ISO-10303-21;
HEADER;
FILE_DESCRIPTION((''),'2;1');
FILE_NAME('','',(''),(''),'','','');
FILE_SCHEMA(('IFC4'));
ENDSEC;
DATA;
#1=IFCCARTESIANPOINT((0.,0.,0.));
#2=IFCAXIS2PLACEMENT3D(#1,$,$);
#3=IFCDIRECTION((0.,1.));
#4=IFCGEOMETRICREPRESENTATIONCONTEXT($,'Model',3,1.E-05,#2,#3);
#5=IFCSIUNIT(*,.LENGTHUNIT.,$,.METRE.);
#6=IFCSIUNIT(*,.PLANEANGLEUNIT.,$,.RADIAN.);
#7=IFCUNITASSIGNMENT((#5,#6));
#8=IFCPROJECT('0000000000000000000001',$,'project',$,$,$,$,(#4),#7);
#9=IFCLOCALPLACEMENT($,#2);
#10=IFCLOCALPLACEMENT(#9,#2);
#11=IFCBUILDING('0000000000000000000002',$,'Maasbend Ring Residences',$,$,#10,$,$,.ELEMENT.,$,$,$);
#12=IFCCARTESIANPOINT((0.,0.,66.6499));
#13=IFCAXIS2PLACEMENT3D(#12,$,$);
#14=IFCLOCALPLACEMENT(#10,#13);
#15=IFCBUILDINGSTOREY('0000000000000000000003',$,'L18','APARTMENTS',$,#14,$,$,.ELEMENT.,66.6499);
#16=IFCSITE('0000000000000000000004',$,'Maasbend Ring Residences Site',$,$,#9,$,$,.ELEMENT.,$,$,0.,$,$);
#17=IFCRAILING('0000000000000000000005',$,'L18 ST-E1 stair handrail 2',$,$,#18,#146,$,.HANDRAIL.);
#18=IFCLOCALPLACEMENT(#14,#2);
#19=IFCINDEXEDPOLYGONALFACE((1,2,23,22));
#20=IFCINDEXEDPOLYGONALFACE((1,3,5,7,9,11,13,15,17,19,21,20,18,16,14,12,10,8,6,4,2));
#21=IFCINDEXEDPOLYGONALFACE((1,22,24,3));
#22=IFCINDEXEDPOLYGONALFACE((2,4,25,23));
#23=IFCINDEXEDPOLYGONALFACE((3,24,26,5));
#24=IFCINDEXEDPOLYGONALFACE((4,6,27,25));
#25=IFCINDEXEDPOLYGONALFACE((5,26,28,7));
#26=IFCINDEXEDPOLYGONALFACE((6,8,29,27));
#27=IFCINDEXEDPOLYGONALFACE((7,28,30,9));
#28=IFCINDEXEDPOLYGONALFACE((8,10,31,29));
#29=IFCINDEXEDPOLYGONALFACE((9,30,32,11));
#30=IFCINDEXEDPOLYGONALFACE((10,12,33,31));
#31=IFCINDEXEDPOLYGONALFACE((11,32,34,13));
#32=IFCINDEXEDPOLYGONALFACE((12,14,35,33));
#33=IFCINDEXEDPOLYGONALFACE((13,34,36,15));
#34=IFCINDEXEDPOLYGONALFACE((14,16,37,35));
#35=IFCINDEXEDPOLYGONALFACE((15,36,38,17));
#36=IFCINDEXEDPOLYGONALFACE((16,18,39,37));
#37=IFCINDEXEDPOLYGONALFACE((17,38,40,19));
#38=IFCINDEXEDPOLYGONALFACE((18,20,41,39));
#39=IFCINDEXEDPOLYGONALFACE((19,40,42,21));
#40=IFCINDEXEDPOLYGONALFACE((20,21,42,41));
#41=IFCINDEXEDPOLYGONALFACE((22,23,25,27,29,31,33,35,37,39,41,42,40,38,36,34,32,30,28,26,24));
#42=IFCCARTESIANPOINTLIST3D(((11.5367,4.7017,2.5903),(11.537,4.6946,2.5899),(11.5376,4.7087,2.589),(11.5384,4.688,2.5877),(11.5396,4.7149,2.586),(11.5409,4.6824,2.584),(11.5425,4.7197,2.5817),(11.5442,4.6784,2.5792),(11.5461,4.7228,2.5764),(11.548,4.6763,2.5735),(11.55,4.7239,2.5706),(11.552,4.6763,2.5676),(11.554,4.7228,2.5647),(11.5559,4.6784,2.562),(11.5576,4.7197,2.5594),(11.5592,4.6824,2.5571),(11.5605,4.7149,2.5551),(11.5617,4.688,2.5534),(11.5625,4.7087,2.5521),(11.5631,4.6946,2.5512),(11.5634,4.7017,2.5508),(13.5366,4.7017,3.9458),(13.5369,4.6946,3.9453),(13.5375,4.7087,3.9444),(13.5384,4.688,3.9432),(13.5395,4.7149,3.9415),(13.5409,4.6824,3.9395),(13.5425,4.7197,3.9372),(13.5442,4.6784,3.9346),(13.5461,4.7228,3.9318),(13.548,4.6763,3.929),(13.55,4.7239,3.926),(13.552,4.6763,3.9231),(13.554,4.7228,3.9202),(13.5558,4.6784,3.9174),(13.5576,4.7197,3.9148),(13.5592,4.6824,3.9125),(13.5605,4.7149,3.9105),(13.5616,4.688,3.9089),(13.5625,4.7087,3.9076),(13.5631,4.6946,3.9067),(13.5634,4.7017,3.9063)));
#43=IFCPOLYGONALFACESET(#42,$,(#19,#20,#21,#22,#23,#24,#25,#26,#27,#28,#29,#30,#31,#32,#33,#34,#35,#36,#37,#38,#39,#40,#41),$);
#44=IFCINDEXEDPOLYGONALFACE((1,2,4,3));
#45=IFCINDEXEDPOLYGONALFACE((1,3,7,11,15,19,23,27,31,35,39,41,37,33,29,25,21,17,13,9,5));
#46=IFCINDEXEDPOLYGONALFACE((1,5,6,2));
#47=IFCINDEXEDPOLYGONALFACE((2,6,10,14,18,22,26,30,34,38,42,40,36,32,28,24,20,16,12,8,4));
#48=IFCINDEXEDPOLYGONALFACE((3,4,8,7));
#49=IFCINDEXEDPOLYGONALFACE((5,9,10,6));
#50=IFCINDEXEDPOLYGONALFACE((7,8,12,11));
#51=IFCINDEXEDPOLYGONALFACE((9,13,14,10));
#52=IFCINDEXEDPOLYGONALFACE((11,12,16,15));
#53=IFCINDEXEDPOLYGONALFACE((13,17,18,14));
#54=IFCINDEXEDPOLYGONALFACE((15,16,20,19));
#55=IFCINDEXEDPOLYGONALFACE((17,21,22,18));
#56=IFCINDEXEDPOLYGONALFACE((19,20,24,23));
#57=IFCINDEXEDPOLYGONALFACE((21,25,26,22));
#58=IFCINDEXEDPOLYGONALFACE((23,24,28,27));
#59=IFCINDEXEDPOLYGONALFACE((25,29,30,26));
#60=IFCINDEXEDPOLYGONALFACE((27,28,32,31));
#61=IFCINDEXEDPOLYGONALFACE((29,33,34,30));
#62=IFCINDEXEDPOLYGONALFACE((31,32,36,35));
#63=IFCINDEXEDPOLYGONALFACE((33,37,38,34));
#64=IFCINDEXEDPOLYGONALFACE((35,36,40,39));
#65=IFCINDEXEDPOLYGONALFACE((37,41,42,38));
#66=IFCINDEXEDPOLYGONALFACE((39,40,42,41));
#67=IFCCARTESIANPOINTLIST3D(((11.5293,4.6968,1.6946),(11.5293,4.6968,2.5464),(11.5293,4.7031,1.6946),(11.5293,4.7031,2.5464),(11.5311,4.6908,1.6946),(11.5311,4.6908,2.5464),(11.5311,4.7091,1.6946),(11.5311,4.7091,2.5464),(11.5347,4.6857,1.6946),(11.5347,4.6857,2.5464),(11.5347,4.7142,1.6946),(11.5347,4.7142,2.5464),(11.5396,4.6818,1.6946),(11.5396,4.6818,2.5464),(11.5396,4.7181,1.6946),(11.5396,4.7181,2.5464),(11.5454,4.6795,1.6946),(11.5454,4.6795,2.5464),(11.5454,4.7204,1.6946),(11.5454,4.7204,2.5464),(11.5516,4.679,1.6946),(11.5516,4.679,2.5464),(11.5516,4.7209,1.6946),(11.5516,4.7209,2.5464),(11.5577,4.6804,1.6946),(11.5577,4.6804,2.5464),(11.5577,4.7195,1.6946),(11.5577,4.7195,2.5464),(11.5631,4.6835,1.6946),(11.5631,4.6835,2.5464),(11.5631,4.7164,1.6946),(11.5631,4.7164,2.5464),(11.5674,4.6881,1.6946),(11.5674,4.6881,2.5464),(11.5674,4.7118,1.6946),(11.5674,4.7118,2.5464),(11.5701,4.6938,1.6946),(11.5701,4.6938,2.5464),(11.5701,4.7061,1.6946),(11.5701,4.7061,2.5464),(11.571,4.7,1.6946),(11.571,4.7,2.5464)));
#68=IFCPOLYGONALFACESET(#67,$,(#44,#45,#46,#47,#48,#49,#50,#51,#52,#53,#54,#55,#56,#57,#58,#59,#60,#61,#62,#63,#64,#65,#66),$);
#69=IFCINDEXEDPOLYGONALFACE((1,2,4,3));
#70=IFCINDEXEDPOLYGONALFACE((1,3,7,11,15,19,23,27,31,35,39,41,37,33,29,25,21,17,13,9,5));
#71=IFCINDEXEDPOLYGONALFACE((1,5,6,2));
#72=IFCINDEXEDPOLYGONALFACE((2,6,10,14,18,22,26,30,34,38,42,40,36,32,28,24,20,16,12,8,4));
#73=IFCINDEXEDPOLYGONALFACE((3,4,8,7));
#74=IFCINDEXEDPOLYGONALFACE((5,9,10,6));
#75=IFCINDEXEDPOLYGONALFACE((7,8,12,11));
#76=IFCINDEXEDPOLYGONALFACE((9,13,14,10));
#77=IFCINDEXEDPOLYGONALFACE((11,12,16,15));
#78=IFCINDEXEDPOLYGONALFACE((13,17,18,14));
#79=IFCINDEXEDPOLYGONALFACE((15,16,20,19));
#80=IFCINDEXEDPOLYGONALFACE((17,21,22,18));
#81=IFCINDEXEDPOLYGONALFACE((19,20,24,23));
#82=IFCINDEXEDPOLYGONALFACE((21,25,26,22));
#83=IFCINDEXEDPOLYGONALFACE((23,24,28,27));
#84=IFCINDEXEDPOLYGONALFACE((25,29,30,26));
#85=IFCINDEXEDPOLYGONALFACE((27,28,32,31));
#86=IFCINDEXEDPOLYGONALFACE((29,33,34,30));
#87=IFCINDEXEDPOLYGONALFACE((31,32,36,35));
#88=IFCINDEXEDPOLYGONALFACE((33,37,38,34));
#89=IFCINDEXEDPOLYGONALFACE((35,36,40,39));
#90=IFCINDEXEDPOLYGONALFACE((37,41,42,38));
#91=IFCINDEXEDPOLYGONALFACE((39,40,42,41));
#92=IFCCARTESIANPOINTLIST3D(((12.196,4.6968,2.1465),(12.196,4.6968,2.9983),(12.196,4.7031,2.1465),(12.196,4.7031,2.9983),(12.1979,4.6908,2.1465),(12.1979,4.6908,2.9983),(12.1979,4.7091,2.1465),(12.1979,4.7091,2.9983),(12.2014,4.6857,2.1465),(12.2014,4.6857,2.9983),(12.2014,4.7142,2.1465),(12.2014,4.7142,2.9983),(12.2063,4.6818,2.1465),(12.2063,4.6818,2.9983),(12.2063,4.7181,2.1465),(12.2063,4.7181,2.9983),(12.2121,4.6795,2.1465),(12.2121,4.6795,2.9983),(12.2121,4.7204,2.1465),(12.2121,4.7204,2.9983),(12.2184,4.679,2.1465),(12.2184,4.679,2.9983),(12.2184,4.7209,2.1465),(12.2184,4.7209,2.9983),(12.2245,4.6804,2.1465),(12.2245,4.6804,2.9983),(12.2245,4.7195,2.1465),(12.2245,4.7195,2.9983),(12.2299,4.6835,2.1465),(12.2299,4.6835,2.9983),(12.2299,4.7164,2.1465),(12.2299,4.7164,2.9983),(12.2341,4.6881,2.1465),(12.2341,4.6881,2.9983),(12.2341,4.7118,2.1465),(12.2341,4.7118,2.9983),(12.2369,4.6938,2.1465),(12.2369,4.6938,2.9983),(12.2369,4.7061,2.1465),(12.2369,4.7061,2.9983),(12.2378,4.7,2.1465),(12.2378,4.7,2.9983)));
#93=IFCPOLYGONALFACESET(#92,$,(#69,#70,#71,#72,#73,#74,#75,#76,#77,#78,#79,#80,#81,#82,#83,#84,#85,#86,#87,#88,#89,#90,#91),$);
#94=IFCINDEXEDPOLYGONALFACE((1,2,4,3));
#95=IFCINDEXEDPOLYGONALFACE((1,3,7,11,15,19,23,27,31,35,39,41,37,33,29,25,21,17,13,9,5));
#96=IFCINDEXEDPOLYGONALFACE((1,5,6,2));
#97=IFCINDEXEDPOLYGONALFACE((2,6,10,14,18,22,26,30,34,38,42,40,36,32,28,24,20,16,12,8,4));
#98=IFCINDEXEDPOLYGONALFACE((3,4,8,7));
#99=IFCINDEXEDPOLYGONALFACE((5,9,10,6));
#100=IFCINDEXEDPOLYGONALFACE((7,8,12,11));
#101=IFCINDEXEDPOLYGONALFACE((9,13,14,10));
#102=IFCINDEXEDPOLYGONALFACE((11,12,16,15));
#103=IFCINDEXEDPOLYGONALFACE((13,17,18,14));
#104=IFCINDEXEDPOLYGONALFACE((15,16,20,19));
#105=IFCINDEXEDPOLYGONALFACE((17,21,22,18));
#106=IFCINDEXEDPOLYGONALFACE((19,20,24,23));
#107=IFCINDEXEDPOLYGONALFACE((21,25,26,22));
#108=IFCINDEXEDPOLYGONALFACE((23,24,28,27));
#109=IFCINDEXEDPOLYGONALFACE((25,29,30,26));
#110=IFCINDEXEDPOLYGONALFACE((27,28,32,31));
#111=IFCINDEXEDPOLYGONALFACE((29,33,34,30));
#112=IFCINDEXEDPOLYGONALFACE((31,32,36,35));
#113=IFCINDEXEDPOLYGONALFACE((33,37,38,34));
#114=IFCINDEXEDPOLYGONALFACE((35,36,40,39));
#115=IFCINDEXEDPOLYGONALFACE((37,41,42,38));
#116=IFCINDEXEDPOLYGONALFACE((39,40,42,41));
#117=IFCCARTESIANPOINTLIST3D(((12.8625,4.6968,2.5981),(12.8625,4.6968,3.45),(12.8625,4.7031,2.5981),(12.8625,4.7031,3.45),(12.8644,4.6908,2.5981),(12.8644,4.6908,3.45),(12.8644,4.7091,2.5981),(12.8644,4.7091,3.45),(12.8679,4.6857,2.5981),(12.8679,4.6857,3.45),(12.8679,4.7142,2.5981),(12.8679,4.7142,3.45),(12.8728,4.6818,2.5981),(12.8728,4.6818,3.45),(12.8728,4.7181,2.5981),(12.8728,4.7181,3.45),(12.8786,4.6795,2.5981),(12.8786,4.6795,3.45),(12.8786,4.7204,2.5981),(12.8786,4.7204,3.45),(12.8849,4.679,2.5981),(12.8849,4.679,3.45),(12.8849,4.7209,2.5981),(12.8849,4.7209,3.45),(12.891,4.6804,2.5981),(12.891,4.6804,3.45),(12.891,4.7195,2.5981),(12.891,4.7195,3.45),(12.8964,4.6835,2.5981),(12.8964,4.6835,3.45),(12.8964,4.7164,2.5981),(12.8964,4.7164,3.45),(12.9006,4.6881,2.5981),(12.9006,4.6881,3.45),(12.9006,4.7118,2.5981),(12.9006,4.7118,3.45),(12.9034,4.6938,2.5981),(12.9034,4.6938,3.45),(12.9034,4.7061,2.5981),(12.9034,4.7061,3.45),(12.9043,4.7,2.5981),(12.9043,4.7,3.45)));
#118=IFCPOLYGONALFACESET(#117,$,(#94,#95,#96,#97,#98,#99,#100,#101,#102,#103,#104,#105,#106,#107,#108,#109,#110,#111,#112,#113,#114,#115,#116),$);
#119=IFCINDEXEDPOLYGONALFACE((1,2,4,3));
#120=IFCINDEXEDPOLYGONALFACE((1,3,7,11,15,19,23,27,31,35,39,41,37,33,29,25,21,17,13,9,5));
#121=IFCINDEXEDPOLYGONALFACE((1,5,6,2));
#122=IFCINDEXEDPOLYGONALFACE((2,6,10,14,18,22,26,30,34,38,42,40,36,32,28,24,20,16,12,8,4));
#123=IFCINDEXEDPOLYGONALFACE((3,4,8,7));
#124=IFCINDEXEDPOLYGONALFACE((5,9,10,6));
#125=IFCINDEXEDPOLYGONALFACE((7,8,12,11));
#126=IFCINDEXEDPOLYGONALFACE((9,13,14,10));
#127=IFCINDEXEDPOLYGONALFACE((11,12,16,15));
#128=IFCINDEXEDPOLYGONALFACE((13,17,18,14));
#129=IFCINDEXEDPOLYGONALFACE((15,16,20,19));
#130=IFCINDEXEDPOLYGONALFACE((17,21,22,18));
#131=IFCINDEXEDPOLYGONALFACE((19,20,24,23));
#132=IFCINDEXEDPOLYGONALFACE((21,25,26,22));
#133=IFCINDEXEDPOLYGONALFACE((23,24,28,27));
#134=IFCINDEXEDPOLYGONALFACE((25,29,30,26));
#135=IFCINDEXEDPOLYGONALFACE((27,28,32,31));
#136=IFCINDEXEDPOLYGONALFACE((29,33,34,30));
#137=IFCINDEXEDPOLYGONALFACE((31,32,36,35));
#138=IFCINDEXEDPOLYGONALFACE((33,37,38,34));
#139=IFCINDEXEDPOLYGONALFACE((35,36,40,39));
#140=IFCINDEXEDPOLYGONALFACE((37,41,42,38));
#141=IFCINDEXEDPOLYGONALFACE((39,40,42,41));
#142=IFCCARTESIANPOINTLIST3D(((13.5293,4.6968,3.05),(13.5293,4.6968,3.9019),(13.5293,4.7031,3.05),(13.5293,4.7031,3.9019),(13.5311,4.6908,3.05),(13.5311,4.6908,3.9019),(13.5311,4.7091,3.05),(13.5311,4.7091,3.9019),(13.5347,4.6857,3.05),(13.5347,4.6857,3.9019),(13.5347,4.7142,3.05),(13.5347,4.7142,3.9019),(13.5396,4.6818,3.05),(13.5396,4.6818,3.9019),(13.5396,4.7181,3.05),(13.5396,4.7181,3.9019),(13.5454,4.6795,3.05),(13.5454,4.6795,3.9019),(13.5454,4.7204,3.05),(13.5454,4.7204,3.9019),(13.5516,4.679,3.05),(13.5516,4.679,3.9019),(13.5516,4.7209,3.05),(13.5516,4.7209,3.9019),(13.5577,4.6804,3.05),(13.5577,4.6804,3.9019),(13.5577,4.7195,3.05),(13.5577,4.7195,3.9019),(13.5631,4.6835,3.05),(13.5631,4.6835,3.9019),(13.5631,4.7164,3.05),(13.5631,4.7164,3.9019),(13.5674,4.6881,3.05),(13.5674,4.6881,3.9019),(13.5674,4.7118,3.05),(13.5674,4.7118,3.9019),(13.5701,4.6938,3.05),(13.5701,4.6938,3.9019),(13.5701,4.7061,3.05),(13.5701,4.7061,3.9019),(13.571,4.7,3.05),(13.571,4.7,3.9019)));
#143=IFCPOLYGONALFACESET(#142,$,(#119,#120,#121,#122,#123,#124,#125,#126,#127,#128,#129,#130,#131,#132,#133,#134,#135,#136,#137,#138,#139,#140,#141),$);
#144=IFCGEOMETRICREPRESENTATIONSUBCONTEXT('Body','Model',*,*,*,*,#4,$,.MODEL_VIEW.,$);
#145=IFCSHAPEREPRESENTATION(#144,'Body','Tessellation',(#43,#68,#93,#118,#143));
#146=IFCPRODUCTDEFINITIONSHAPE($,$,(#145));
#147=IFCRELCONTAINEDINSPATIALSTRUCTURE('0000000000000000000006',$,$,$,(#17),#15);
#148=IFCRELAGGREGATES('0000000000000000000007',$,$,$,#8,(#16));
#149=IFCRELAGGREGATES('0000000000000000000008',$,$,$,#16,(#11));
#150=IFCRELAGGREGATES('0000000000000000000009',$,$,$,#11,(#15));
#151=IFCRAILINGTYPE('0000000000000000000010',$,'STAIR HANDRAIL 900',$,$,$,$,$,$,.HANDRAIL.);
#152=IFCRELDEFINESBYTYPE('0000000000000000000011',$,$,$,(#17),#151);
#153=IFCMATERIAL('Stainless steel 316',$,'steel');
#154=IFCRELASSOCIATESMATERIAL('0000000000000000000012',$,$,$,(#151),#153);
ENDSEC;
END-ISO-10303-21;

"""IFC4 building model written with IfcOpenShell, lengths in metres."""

from ifc_helpers import new_model, si_unit, direction, frame, origin, origin_2d, place, context, subcontext, project, spatial, circle, extrude, material, type_object, element, save


model = new_model("IFC4")

# Units and contexts
model_context = context("Model", 3, precision=1e-05, world=origin(), true_north=direction((0.0, 1.0)))
body_context = subcontext(model_context, "Body", "Model", "MODEL_VIEW")
ifc_project = project(units=[si_unit("LENGTHUNIT", "METRE"), si_unit("PLANEANGLEUNIT", "RADIAN")], contexts=[model_context])

# Site, building, storey
site_placement = place(None, origin())
site = spatial("IfcSite", under=ifc_project, at=site_placement, Name="Maasbend Ring Residences Site", CompositionType="ELEMENT", RefElevation=0.0)
building_placement = place(site_placement, origin())
building = spatial("IfcBuilding", under=site, at=building_placement, Name="Maasbend Ring Residences", CompositionType="ELEMENT")
storey_placement = place(building_placement, frame((0.0, 0.0, 66.6499)))
storey = spatial("IfcBuildingStorey", under=building, at=storey_placement, Name="L18", Description="APARTMENTS", CompositionType="ELEMENT", Elevation=66.6499)

# Railing
ifc_material_1 = material(Name="Stainless steel 316", Category="steel")
railing_type_1 = type_object("IfcRailingType", Name="STAIR HANDRAIL 900", PredefinedType="HANDRAIL", material=ifc_material_1)
railing_1_placement = place(storey_placement, frame((11.55, 4.7, 1.6946)))
element("IfcRailing", 1, at=railing_1_placement, inside=storey, type_object=railing_type_1, Name="L18 ST-E1 stair handrail 2", PredefinedType="HANDRAIL", context=body_context, shape_type="SweptSolid", body=[
    extrude(circle(Radius=0.0239, at=origin_2d()), frame((0.0, 0.0, 0.876), z_axis=(0.827798, 0.0, 0.561027), x_axis=(0.0, 1.0, 0.0)), (0.0, 0.0, 1.0), 2.416),
    extrude(circle(Radius=0.021, at=origin_2d()), origin(), (0.0, 0.0, 1.0), 0.8518),
    extrude(circle(Radius=0.021, at=origin_2d()), frame((0.6667, 0.0, 0.4519)), (0.0, 0.0, 1.0), 0.8518),
    extrude(circle(Radius=0.021, at=origin_2d()), frame((1.3333, 0.0, 0.9036)), (0.0, 0.0, 1.0), 0.8518),
    extrude(circle(Radius=0.021, at=origin_2d()), frame((2.0, 0.0, 1.3555)), (0.0, 0.0, 1.0), 0.8518),
])

save(model, "model.ifc")
